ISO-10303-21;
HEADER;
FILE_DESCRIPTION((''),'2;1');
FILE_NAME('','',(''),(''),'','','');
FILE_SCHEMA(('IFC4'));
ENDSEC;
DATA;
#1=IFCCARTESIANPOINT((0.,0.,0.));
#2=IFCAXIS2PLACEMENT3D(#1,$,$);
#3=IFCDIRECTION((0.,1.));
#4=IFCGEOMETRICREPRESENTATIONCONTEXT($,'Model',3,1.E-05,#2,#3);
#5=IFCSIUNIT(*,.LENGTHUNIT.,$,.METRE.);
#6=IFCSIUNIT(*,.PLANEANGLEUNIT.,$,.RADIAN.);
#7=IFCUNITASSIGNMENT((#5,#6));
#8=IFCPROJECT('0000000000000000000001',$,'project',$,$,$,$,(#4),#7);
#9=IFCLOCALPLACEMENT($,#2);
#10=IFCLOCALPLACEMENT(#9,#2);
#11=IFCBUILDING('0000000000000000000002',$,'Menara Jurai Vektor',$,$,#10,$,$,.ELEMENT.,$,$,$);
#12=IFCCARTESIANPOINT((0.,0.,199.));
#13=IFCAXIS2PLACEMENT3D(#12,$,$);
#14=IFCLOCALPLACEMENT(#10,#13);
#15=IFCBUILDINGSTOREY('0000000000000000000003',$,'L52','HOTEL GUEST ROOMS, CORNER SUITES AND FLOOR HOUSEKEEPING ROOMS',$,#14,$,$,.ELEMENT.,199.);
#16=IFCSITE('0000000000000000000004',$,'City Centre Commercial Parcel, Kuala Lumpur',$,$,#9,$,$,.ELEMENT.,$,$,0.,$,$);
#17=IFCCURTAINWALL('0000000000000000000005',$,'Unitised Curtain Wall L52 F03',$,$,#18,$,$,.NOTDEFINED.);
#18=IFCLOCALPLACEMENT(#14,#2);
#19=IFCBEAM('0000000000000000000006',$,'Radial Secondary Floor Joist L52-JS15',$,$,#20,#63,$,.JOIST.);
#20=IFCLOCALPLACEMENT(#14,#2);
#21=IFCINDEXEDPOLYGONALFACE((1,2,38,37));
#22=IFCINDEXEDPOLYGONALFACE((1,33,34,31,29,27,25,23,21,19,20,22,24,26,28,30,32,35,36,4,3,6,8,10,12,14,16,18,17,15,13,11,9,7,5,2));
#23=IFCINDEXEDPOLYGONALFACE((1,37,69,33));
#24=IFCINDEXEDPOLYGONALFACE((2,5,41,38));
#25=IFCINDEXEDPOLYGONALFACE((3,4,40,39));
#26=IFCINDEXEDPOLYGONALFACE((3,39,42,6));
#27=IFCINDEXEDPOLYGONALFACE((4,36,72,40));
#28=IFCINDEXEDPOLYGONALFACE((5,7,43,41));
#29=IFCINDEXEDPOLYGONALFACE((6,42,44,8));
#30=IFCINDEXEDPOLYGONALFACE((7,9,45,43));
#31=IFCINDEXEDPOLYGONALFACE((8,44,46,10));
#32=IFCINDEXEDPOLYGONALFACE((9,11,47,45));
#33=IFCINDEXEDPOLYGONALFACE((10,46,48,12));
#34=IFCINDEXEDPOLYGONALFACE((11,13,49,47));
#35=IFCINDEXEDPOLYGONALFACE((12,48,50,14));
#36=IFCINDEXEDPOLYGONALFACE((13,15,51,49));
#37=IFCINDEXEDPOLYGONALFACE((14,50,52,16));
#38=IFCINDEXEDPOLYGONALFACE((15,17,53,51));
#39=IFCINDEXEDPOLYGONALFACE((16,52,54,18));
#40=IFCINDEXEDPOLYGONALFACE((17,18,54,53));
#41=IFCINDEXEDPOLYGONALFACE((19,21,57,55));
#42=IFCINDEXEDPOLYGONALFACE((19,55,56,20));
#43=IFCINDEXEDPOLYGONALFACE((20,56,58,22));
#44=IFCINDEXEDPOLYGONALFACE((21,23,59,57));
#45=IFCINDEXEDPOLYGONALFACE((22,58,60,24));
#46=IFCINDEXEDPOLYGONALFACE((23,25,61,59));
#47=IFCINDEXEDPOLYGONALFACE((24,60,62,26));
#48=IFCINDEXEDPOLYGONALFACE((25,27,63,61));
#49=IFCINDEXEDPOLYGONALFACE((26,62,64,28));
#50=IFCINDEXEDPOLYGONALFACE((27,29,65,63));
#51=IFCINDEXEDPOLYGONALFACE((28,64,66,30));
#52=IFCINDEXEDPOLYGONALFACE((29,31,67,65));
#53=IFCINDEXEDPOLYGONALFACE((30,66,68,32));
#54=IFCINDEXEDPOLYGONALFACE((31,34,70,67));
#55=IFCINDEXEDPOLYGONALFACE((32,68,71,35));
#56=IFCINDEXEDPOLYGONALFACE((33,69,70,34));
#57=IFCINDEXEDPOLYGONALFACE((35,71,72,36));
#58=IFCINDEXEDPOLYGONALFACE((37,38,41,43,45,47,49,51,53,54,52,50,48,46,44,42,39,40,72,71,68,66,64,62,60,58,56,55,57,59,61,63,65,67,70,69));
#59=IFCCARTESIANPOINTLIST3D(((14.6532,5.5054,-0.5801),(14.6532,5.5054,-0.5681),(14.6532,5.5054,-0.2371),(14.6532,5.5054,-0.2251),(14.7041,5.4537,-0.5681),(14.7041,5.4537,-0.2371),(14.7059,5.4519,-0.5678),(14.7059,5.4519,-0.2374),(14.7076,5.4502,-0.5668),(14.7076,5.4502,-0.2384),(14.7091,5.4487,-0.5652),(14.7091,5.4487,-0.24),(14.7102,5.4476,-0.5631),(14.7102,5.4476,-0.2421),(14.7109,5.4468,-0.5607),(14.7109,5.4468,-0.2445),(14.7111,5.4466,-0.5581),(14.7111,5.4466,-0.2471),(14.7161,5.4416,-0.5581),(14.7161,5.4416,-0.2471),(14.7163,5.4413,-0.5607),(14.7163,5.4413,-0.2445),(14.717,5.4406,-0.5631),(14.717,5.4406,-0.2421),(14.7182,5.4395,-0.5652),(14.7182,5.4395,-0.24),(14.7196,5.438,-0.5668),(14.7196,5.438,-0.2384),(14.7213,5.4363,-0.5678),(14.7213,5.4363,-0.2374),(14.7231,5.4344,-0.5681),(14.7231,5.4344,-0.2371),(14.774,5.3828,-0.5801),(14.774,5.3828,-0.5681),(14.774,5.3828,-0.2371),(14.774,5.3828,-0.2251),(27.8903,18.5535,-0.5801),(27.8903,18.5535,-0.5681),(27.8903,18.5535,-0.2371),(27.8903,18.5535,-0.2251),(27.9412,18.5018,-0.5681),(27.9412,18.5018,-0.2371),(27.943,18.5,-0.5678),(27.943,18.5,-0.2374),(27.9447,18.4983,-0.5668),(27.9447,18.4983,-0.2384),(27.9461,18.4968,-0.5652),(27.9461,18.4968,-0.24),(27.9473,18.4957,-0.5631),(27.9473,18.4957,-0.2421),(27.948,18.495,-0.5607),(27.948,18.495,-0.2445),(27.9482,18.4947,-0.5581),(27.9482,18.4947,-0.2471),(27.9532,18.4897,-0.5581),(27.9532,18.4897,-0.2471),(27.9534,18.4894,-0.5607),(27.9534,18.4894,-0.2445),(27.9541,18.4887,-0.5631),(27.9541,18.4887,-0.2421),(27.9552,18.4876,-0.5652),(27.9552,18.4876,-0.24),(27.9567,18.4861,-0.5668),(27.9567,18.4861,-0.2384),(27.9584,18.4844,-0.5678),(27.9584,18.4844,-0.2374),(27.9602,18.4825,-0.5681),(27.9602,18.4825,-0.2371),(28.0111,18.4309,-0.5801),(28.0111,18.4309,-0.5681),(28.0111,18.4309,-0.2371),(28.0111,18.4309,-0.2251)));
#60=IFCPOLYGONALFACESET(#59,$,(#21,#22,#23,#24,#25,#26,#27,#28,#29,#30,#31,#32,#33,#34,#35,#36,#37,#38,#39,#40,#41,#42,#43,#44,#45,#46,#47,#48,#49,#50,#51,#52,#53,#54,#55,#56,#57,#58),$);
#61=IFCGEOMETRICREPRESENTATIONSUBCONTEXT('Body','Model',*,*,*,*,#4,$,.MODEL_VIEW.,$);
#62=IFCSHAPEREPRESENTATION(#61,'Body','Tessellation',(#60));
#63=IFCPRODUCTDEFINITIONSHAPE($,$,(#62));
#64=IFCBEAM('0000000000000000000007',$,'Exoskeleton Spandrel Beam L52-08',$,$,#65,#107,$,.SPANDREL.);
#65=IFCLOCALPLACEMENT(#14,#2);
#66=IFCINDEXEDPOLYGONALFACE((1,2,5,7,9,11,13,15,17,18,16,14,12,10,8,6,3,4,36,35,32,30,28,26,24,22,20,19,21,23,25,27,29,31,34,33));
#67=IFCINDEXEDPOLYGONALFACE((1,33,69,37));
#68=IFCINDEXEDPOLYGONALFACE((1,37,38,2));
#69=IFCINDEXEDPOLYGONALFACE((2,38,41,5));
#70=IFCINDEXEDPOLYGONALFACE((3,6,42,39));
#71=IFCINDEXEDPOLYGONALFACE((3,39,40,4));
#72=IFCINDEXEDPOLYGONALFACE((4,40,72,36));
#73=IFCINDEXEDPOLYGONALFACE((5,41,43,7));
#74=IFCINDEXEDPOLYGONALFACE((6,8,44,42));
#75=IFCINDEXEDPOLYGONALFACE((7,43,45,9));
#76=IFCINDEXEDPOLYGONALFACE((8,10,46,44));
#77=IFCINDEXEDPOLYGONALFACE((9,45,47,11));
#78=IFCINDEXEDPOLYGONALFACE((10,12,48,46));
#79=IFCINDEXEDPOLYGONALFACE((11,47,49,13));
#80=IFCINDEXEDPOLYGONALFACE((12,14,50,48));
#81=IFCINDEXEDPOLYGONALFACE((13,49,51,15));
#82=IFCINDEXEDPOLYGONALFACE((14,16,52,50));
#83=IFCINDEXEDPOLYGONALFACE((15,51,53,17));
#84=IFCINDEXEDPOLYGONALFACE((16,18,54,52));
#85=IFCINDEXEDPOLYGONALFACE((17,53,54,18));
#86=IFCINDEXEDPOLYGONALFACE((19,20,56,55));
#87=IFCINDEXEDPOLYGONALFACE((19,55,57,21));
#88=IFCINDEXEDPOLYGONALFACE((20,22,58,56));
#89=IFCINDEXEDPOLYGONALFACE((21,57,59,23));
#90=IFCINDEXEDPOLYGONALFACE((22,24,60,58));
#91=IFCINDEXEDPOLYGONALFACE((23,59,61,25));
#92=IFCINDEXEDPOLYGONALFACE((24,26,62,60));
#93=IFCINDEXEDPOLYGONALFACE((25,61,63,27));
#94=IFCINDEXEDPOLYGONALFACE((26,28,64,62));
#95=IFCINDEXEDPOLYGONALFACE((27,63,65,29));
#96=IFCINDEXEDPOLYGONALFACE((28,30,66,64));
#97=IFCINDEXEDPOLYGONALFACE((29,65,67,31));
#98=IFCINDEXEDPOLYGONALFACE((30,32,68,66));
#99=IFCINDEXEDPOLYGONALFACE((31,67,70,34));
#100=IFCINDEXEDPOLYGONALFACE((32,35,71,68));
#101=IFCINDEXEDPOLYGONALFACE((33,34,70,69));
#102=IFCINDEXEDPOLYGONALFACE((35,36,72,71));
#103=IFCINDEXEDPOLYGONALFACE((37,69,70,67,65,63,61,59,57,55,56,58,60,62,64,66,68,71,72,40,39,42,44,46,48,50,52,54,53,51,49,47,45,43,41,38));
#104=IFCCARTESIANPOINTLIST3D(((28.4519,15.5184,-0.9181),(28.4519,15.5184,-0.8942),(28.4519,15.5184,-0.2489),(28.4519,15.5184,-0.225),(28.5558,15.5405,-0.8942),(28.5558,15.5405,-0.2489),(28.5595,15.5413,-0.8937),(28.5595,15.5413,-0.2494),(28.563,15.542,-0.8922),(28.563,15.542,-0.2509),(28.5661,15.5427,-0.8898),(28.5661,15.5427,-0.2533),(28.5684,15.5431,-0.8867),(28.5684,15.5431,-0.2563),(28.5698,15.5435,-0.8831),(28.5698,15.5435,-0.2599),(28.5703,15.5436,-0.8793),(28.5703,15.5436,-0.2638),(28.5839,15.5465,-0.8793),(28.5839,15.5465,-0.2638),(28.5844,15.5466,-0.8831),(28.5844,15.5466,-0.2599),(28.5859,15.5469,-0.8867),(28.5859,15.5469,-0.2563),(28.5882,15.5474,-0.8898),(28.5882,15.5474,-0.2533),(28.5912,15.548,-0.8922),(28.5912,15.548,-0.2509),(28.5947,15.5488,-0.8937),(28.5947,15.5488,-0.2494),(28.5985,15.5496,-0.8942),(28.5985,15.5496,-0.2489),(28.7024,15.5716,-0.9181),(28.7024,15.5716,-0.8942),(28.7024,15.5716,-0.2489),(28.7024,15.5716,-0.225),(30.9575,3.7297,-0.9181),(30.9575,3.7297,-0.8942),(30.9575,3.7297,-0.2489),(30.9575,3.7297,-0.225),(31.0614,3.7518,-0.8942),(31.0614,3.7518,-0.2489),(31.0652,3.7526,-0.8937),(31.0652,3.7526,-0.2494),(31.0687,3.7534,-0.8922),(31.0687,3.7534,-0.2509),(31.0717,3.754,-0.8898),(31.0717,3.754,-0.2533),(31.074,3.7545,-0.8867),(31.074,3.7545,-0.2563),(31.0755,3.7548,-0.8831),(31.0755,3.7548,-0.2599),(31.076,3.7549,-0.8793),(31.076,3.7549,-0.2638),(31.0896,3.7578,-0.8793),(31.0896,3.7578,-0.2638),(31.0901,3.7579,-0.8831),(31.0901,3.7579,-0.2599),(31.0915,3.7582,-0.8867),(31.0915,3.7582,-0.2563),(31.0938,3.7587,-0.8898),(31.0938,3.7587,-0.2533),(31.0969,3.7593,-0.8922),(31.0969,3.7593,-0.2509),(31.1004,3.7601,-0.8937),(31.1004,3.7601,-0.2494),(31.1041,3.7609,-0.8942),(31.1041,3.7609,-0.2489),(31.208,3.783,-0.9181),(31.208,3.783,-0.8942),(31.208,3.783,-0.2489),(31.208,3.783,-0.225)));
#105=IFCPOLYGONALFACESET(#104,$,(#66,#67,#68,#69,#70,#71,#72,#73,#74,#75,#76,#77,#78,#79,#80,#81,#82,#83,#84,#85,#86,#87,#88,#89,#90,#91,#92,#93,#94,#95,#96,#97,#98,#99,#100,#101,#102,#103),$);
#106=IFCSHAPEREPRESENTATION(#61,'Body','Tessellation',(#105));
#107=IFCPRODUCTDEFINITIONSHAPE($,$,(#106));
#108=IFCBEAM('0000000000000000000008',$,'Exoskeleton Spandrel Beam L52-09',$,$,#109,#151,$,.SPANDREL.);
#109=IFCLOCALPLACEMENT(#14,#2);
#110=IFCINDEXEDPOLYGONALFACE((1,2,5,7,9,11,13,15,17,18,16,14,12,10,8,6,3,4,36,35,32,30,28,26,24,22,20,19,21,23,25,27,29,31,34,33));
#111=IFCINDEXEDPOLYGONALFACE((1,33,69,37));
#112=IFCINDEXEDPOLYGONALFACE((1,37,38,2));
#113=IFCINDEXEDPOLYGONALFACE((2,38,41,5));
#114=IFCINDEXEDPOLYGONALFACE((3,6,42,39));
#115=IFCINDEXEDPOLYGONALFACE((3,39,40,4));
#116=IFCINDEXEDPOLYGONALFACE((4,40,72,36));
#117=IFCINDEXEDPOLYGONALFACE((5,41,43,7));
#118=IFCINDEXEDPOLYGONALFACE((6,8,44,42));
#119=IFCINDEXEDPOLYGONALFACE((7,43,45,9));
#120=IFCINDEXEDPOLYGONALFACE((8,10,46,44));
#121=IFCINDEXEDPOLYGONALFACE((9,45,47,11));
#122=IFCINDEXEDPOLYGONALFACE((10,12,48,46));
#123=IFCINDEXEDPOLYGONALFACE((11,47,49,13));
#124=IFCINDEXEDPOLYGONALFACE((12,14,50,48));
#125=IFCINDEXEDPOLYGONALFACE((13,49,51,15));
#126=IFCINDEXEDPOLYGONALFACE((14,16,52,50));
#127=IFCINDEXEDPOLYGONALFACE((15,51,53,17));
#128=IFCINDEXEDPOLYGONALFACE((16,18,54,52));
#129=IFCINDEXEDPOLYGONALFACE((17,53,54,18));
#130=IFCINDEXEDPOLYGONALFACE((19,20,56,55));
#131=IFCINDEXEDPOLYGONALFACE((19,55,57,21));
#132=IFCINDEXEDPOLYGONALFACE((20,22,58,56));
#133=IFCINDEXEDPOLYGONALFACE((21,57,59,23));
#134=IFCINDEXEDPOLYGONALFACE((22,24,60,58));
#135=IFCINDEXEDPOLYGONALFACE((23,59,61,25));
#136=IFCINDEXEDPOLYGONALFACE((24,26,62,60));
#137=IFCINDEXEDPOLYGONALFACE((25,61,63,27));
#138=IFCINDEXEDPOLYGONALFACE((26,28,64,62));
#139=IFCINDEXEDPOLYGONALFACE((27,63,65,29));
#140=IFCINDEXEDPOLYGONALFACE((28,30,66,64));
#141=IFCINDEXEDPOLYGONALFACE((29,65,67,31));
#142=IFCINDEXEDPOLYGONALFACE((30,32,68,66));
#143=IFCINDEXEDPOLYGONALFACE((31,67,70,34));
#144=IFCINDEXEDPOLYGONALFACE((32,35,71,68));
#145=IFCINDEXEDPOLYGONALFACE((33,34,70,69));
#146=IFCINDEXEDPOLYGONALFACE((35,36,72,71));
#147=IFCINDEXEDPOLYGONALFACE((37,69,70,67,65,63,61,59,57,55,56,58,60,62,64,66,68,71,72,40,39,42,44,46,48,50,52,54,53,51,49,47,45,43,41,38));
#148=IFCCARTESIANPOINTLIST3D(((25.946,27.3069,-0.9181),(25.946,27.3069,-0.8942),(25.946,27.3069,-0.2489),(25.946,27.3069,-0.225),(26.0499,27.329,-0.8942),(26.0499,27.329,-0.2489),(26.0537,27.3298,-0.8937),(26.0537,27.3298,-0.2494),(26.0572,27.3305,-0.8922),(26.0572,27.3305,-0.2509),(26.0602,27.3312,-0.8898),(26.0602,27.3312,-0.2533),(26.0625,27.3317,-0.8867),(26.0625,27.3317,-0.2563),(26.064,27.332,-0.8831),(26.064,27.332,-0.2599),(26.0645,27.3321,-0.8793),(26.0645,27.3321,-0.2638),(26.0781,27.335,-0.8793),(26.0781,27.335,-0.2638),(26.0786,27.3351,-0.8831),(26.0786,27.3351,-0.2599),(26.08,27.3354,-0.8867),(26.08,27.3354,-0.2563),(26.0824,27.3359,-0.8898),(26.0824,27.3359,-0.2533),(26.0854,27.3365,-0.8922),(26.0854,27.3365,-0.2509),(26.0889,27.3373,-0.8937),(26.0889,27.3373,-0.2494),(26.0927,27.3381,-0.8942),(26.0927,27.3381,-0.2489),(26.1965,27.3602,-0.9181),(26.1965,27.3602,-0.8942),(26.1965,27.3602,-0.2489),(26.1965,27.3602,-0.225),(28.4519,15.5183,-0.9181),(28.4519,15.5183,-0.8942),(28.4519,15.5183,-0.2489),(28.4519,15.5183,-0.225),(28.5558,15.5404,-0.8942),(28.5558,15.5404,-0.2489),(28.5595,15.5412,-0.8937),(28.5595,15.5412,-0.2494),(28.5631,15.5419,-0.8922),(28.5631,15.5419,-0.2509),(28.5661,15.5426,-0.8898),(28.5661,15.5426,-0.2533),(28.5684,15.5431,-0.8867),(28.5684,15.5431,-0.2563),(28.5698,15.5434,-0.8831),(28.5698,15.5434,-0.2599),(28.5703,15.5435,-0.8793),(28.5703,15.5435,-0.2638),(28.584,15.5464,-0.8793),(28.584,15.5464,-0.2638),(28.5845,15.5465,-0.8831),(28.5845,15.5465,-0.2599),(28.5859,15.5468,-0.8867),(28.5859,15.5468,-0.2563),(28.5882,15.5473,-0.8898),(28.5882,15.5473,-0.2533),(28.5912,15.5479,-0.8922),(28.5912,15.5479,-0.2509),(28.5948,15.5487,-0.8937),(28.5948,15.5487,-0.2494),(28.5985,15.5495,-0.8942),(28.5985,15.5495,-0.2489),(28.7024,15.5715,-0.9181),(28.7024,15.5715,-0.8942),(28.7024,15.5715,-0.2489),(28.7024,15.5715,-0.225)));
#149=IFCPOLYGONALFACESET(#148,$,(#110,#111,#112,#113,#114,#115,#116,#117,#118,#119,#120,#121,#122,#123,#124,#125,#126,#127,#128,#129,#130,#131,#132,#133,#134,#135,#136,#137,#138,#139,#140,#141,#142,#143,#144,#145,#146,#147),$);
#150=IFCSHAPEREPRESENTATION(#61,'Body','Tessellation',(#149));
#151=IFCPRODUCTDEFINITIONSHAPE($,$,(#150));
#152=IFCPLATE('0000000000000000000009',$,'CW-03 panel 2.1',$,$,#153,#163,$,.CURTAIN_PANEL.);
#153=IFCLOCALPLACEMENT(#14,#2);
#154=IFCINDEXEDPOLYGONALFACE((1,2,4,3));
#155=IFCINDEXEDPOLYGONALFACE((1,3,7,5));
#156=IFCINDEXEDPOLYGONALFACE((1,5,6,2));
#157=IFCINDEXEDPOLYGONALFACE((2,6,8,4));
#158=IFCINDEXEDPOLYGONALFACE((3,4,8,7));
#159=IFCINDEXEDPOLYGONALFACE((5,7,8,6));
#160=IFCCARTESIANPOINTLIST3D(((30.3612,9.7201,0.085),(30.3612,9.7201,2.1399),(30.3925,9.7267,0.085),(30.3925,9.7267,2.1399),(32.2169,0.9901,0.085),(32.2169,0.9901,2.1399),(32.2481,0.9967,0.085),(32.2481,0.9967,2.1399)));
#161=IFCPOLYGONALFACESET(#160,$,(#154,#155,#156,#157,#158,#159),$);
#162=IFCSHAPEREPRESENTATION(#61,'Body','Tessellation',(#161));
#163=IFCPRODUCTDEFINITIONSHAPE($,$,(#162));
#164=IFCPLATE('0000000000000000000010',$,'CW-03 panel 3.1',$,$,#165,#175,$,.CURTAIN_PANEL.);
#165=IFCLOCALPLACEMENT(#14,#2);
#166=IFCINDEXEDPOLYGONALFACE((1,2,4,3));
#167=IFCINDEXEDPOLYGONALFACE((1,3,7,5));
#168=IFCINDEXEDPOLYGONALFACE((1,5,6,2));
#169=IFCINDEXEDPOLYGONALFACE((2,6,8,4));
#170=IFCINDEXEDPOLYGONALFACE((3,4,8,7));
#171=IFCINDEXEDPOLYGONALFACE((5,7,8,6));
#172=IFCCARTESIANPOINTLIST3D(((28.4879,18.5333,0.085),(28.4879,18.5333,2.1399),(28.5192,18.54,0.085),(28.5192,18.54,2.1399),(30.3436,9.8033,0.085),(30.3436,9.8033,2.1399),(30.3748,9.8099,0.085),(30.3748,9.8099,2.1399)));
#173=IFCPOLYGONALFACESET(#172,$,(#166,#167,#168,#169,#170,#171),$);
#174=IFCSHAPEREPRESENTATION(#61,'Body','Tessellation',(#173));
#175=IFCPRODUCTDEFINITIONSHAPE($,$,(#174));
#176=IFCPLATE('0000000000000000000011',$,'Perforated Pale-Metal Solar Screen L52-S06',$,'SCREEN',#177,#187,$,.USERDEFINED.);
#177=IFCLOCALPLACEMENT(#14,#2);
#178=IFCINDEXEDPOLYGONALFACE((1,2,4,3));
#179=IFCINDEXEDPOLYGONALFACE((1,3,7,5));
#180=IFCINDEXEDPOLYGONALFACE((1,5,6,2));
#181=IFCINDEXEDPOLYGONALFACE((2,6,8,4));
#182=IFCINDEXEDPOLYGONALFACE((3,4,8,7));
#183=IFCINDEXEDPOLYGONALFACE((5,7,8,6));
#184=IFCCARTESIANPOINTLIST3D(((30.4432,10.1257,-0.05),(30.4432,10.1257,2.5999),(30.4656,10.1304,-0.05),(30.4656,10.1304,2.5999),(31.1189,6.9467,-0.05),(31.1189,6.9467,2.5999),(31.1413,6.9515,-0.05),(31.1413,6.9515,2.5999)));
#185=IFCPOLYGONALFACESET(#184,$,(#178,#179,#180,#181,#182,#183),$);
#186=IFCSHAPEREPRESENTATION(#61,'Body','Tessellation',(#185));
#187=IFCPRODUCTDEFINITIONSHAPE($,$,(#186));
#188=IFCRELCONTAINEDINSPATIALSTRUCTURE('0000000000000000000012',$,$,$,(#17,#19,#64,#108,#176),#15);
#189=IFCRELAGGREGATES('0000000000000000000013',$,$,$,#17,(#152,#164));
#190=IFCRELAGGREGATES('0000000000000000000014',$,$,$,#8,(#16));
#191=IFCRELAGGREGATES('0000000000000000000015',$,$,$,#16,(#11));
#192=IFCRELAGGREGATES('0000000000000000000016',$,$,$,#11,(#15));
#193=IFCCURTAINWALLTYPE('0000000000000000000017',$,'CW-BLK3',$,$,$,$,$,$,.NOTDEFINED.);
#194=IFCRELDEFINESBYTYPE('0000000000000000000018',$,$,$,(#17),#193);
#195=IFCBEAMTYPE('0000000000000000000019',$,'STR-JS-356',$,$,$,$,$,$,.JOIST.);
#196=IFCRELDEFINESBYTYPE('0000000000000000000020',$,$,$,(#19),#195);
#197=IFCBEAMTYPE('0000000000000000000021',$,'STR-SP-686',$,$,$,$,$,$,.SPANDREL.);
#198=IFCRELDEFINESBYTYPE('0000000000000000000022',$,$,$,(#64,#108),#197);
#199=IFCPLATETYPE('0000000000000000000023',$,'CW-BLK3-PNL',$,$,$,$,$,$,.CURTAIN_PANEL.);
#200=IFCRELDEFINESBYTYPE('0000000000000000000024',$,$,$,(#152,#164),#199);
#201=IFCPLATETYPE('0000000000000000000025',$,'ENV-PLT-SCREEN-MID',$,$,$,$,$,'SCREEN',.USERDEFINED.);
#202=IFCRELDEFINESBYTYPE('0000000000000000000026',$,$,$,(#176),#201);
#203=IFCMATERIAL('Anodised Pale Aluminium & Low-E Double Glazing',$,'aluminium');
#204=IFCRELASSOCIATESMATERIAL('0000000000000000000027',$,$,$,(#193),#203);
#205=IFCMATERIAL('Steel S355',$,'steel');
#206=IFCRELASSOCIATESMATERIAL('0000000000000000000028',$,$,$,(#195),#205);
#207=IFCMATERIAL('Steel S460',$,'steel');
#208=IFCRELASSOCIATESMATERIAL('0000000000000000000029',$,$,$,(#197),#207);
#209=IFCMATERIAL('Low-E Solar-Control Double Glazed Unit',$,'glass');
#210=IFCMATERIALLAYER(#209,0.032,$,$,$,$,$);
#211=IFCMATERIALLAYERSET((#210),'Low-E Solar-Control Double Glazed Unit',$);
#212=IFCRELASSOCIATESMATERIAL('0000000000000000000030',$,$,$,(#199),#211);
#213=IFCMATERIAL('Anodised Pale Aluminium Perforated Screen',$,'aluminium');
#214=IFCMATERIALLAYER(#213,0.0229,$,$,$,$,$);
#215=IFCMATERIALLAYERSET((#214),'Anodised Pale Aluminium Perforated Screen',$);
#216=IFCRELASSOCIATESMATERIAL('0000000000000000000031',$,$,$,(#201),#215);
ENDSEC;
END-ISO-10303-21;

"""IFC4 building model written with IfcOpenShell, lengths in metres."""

from ifc_helpers import new_model, si_unit, direction, frame, origin, origin_2d, place, context, subcontext, project, spatial, rectangle, i_section, extrude, material, layer, layer_set, material_profile, profile_set, type_object, element, aggregate, save


model = new_model("IFC4")

# Units and contexts
model_context = context("Model", 3, precision=1e-05, world=origin(), true_north=direction((0.0, 1.0)))
body_context = subcontext(model_context, "Body", "Model", "MODEL_VIEW")
ifc_project = project(units=[si_unit("LENGTHUNIT", "METRE"), si_unit("PLANEANGLEUNIT", "RADIAN")], contexts=[model_context])

# Site, building, storey
site_placement = place(None, origin())
site = spatial("IfcSite", under=ifc_project, at=site_placement, Name="City Centre Commercial Parcel, Kuala Lumpur", CompositionType="ELEMENT", RefElevation=0.0)
building_placement = place(site_placement, origin())
building = spatial("IfcBuilding", under=site, at=building_placement, Name="Menara Jurai Vektor", CompositionType="ELEMENT")
storey_placement = place(building_placement, frame((0.0, 0.0, 199.0)))
storey = spatial("IfcBuildingStorey", under=building, at=storey_placement, Name="L52", Description="HOTEL GUEST ROOMS, CORNER SUITES AND FLOOR HOUSEKEEPING ROOMS", CompositionType="ELEMENT", Elevation=199.0)

# Shared definitions
ifc_material_1 = material(Name="Steel S460", Category="steel")

# Curtain wall
ifc_material_2 = material(Name="Anodised Pale Aluminium & Low-E Double Glazing", Category="aluminium")
curtain_wall_type = type_object("IfcCurtainWallType", Name="CW-BLK3", PredefinedType="NOTDEFINED", material=ifc_material_2)
curtain_wall_placement = place(storey_placement, origin())
curtain_wall = element("IfcCurtainWall", 1, at=curtain_wall_placement, inside=storey, type_object=curtain_wall_type, Name="Unitised Curtain Wall L52 F03", PredefinedType="NOTDEFINED")

# Beams
ifc_material_3 = material(Name="Steel S355", Category="steel")
ifc_material_profile_1 = material_profile(ifc_material_3, i_section(OverallWidth=0.1721, OverallDepth=0.355, WebThickness=0.0071, FlangeThickness=0.012, FilletRadius=0.01, at=origin_2d()), Name="UKB 356x171x51")
ifc_profile_set_1 = profile_set([ifc_material_profile_1], Name="Steel S355")
beam_type_1 = type_object("IfcBeamType", Name="STR-JS-356", PredefinedType="JOIST", material=ifc_profile_set_1)
beam_1_placement = place(storey_placement, frame((27.9507, 18.4922, -0.4026), z_axis=(-0.712172, -0.702005, 0.0), x_axis=(0.702005, -0.712172, 0.0)))
element("IfcBeam", 2, at=beam_1_placement, inside=storey, type_object=beam_type_1, Name="Radial Secondary Floor Joist L52-JS15", PredefinedType="JOIST", context=body_context, shape_type="SweptSolid", body=[
    extrude(i_section(OverallWidth=0.1721, OverallDepth=0.355, WebThickness=0.0071, FlangeThickness=0.012, FilletRadius=0.01, at=origin_2d()), origin(), (0.0, 0.0, 1.0), 18.5869),
])
ifc_material_profile_2 = material_profile(ifc_material_1, i_section(OverallWidth=0.2561, OverallDepth=0.6931, WebThickness=0.0139, FlangeThickness=0.0239, FilletRadius=0.0149, at=origin_2d()), Name="UKB 686x254x170")
ifc_profile_set_2 = profile_set([ifc_material_profile_2], Name="Steel S460")
beam_type_2 = type_object("IfcBeamType", Name="STR-SP-686", PredefinedType="SPANDREL", material=ifc_profile_set_2)
for number, where, z_axis, x_axis, name in (
    (3, (31.0828, 3.7563, -0.5715), (-0.207902, 0.97815, 0.0), (-0.97815, -0.207902, 0.0), "Exoskeleton Spandrel Beam L52-08"),
    (4, (28.5771, 15.5449, -0.5715), (-0.207921, 0.978146, 0.0), (-0.978146, -0.207921, 0.0), "Exoskeleton Spandrel Beam L52-09"),
):
    element("IfcBeam", number, at=place(storey_placement, frame(where, z_axis=z_axis, x_axis=x_axis)), inside=storey, type_object=beam_type_2, Name=name, PredefinedType="SPANDREL", context=body_context, shape_type="SweptSolid", body=[
        extrude(i_section(OverallWidth=0.2561, OverallDepth=0.6931, WebThickness=0.0139, FlangeThickness=0.0239, FilletRadius=0.0149, at=origin_2d()), origin(), (0.0, 0.0, 1.0), 12.052),
    ])

# Plates
ifc_material_4 = material(Name="Low-E Solar-Control Double Glazed Unit", Category="glass")
ifc_layer_1 = layer(ifc_material_4, 0.032)
ifc_layer_set_1 = layer_set([ifc_layer_1], Name="Low-E Solar-Control Double Glazed Unit")
plate_type_1 = type_object("IfcPlateType", Name="CW-BLK3-PNL", PredefinedType="CURTAIN_PANEL", material=ifc_layer_set_1)
plate_1_placement = place(storey_placement, frame((31.3047, 5.3584, 0.085), z_axis=(0.0, 0.0, 1.0), x_axis=(-0.20791, 0.978148, 0.0)))
plate_1 = element("IfcPlate", 5, at=plate_1_placement, type_object=plate_type_1, Name="CW-03 panel 2.1", PredefinedType="CURTAIN_PANEL", context=body_context, shape_type="SweptSolid", body=[
    extrude(rectangle(XDim=8.925, YDim=0.032, at=origin_2d()), origin(), (0.0, 0.0, 1.0), 2.0549),
])
plate_2_placement = place(storey_placement, frame((29.4314, 14.1716, 0.085), z_axis=(0.0, 0.0, 1.0), x_axis=(-0.20791, 0.978148, 0.0)))
plate_2 = element("IfcPlate", 6, at=plate_2_placement, type_object=plate_type_1, Name="CW-03 panel 3.1", PredefinedType="CURTAIN_PANEL", context=body_context, shape_type="SweptSolid", body=[
    extrude(rectangle(XDim=8.925, YDim=0.032, at=origin_2d()), origin(), (0.0, 0.0, 1.0), 2.0549),
])
aggregate(curtain_wall, [plate_1, plate_2])
ifc_material_5 = material(Name="Anodised Pale Aluminium Perforated Screen", Category="aluminium")
ifc_layer_2 = layer(ifc_material_5, 0.0229)
ifc_layer_set_2 = layer_set([ifc_layer_2], Name="Anodised Pale Aluminium Perforated Screen")
plate_type_2 = type_object("IfcPlateType", Name="ENV-PLT-SCREEN-MID", ElementType="SCREEN", PredefinedType="USERDEFINED", material=ifc_layer_set_2)
plate_3_placement = place(storey_placement, frame((30.7922, 8.5386, -0.05), z_axis=(0.0, 0.0, 1.0), x_axis=(-0.207912, 0.978148, 0.0)))
element("IfcPlate", 7, at=plate_3_placement, inside=storey, type_object=plate_type_2, Name="Perforated Pale-Metal Solar Screen L52-S06", ObjectType="SCREEN", PredefinedType="USERDEFINED", context=body_context, shape_type="SweptSolid", body=[
    extrude(rectangle(XDim=3.25, YDim=0.0229, at=origin_2d()), origin(), (0.0, 0.0, 1.0), 2.6499),
])

save(model, "model.ifc")
